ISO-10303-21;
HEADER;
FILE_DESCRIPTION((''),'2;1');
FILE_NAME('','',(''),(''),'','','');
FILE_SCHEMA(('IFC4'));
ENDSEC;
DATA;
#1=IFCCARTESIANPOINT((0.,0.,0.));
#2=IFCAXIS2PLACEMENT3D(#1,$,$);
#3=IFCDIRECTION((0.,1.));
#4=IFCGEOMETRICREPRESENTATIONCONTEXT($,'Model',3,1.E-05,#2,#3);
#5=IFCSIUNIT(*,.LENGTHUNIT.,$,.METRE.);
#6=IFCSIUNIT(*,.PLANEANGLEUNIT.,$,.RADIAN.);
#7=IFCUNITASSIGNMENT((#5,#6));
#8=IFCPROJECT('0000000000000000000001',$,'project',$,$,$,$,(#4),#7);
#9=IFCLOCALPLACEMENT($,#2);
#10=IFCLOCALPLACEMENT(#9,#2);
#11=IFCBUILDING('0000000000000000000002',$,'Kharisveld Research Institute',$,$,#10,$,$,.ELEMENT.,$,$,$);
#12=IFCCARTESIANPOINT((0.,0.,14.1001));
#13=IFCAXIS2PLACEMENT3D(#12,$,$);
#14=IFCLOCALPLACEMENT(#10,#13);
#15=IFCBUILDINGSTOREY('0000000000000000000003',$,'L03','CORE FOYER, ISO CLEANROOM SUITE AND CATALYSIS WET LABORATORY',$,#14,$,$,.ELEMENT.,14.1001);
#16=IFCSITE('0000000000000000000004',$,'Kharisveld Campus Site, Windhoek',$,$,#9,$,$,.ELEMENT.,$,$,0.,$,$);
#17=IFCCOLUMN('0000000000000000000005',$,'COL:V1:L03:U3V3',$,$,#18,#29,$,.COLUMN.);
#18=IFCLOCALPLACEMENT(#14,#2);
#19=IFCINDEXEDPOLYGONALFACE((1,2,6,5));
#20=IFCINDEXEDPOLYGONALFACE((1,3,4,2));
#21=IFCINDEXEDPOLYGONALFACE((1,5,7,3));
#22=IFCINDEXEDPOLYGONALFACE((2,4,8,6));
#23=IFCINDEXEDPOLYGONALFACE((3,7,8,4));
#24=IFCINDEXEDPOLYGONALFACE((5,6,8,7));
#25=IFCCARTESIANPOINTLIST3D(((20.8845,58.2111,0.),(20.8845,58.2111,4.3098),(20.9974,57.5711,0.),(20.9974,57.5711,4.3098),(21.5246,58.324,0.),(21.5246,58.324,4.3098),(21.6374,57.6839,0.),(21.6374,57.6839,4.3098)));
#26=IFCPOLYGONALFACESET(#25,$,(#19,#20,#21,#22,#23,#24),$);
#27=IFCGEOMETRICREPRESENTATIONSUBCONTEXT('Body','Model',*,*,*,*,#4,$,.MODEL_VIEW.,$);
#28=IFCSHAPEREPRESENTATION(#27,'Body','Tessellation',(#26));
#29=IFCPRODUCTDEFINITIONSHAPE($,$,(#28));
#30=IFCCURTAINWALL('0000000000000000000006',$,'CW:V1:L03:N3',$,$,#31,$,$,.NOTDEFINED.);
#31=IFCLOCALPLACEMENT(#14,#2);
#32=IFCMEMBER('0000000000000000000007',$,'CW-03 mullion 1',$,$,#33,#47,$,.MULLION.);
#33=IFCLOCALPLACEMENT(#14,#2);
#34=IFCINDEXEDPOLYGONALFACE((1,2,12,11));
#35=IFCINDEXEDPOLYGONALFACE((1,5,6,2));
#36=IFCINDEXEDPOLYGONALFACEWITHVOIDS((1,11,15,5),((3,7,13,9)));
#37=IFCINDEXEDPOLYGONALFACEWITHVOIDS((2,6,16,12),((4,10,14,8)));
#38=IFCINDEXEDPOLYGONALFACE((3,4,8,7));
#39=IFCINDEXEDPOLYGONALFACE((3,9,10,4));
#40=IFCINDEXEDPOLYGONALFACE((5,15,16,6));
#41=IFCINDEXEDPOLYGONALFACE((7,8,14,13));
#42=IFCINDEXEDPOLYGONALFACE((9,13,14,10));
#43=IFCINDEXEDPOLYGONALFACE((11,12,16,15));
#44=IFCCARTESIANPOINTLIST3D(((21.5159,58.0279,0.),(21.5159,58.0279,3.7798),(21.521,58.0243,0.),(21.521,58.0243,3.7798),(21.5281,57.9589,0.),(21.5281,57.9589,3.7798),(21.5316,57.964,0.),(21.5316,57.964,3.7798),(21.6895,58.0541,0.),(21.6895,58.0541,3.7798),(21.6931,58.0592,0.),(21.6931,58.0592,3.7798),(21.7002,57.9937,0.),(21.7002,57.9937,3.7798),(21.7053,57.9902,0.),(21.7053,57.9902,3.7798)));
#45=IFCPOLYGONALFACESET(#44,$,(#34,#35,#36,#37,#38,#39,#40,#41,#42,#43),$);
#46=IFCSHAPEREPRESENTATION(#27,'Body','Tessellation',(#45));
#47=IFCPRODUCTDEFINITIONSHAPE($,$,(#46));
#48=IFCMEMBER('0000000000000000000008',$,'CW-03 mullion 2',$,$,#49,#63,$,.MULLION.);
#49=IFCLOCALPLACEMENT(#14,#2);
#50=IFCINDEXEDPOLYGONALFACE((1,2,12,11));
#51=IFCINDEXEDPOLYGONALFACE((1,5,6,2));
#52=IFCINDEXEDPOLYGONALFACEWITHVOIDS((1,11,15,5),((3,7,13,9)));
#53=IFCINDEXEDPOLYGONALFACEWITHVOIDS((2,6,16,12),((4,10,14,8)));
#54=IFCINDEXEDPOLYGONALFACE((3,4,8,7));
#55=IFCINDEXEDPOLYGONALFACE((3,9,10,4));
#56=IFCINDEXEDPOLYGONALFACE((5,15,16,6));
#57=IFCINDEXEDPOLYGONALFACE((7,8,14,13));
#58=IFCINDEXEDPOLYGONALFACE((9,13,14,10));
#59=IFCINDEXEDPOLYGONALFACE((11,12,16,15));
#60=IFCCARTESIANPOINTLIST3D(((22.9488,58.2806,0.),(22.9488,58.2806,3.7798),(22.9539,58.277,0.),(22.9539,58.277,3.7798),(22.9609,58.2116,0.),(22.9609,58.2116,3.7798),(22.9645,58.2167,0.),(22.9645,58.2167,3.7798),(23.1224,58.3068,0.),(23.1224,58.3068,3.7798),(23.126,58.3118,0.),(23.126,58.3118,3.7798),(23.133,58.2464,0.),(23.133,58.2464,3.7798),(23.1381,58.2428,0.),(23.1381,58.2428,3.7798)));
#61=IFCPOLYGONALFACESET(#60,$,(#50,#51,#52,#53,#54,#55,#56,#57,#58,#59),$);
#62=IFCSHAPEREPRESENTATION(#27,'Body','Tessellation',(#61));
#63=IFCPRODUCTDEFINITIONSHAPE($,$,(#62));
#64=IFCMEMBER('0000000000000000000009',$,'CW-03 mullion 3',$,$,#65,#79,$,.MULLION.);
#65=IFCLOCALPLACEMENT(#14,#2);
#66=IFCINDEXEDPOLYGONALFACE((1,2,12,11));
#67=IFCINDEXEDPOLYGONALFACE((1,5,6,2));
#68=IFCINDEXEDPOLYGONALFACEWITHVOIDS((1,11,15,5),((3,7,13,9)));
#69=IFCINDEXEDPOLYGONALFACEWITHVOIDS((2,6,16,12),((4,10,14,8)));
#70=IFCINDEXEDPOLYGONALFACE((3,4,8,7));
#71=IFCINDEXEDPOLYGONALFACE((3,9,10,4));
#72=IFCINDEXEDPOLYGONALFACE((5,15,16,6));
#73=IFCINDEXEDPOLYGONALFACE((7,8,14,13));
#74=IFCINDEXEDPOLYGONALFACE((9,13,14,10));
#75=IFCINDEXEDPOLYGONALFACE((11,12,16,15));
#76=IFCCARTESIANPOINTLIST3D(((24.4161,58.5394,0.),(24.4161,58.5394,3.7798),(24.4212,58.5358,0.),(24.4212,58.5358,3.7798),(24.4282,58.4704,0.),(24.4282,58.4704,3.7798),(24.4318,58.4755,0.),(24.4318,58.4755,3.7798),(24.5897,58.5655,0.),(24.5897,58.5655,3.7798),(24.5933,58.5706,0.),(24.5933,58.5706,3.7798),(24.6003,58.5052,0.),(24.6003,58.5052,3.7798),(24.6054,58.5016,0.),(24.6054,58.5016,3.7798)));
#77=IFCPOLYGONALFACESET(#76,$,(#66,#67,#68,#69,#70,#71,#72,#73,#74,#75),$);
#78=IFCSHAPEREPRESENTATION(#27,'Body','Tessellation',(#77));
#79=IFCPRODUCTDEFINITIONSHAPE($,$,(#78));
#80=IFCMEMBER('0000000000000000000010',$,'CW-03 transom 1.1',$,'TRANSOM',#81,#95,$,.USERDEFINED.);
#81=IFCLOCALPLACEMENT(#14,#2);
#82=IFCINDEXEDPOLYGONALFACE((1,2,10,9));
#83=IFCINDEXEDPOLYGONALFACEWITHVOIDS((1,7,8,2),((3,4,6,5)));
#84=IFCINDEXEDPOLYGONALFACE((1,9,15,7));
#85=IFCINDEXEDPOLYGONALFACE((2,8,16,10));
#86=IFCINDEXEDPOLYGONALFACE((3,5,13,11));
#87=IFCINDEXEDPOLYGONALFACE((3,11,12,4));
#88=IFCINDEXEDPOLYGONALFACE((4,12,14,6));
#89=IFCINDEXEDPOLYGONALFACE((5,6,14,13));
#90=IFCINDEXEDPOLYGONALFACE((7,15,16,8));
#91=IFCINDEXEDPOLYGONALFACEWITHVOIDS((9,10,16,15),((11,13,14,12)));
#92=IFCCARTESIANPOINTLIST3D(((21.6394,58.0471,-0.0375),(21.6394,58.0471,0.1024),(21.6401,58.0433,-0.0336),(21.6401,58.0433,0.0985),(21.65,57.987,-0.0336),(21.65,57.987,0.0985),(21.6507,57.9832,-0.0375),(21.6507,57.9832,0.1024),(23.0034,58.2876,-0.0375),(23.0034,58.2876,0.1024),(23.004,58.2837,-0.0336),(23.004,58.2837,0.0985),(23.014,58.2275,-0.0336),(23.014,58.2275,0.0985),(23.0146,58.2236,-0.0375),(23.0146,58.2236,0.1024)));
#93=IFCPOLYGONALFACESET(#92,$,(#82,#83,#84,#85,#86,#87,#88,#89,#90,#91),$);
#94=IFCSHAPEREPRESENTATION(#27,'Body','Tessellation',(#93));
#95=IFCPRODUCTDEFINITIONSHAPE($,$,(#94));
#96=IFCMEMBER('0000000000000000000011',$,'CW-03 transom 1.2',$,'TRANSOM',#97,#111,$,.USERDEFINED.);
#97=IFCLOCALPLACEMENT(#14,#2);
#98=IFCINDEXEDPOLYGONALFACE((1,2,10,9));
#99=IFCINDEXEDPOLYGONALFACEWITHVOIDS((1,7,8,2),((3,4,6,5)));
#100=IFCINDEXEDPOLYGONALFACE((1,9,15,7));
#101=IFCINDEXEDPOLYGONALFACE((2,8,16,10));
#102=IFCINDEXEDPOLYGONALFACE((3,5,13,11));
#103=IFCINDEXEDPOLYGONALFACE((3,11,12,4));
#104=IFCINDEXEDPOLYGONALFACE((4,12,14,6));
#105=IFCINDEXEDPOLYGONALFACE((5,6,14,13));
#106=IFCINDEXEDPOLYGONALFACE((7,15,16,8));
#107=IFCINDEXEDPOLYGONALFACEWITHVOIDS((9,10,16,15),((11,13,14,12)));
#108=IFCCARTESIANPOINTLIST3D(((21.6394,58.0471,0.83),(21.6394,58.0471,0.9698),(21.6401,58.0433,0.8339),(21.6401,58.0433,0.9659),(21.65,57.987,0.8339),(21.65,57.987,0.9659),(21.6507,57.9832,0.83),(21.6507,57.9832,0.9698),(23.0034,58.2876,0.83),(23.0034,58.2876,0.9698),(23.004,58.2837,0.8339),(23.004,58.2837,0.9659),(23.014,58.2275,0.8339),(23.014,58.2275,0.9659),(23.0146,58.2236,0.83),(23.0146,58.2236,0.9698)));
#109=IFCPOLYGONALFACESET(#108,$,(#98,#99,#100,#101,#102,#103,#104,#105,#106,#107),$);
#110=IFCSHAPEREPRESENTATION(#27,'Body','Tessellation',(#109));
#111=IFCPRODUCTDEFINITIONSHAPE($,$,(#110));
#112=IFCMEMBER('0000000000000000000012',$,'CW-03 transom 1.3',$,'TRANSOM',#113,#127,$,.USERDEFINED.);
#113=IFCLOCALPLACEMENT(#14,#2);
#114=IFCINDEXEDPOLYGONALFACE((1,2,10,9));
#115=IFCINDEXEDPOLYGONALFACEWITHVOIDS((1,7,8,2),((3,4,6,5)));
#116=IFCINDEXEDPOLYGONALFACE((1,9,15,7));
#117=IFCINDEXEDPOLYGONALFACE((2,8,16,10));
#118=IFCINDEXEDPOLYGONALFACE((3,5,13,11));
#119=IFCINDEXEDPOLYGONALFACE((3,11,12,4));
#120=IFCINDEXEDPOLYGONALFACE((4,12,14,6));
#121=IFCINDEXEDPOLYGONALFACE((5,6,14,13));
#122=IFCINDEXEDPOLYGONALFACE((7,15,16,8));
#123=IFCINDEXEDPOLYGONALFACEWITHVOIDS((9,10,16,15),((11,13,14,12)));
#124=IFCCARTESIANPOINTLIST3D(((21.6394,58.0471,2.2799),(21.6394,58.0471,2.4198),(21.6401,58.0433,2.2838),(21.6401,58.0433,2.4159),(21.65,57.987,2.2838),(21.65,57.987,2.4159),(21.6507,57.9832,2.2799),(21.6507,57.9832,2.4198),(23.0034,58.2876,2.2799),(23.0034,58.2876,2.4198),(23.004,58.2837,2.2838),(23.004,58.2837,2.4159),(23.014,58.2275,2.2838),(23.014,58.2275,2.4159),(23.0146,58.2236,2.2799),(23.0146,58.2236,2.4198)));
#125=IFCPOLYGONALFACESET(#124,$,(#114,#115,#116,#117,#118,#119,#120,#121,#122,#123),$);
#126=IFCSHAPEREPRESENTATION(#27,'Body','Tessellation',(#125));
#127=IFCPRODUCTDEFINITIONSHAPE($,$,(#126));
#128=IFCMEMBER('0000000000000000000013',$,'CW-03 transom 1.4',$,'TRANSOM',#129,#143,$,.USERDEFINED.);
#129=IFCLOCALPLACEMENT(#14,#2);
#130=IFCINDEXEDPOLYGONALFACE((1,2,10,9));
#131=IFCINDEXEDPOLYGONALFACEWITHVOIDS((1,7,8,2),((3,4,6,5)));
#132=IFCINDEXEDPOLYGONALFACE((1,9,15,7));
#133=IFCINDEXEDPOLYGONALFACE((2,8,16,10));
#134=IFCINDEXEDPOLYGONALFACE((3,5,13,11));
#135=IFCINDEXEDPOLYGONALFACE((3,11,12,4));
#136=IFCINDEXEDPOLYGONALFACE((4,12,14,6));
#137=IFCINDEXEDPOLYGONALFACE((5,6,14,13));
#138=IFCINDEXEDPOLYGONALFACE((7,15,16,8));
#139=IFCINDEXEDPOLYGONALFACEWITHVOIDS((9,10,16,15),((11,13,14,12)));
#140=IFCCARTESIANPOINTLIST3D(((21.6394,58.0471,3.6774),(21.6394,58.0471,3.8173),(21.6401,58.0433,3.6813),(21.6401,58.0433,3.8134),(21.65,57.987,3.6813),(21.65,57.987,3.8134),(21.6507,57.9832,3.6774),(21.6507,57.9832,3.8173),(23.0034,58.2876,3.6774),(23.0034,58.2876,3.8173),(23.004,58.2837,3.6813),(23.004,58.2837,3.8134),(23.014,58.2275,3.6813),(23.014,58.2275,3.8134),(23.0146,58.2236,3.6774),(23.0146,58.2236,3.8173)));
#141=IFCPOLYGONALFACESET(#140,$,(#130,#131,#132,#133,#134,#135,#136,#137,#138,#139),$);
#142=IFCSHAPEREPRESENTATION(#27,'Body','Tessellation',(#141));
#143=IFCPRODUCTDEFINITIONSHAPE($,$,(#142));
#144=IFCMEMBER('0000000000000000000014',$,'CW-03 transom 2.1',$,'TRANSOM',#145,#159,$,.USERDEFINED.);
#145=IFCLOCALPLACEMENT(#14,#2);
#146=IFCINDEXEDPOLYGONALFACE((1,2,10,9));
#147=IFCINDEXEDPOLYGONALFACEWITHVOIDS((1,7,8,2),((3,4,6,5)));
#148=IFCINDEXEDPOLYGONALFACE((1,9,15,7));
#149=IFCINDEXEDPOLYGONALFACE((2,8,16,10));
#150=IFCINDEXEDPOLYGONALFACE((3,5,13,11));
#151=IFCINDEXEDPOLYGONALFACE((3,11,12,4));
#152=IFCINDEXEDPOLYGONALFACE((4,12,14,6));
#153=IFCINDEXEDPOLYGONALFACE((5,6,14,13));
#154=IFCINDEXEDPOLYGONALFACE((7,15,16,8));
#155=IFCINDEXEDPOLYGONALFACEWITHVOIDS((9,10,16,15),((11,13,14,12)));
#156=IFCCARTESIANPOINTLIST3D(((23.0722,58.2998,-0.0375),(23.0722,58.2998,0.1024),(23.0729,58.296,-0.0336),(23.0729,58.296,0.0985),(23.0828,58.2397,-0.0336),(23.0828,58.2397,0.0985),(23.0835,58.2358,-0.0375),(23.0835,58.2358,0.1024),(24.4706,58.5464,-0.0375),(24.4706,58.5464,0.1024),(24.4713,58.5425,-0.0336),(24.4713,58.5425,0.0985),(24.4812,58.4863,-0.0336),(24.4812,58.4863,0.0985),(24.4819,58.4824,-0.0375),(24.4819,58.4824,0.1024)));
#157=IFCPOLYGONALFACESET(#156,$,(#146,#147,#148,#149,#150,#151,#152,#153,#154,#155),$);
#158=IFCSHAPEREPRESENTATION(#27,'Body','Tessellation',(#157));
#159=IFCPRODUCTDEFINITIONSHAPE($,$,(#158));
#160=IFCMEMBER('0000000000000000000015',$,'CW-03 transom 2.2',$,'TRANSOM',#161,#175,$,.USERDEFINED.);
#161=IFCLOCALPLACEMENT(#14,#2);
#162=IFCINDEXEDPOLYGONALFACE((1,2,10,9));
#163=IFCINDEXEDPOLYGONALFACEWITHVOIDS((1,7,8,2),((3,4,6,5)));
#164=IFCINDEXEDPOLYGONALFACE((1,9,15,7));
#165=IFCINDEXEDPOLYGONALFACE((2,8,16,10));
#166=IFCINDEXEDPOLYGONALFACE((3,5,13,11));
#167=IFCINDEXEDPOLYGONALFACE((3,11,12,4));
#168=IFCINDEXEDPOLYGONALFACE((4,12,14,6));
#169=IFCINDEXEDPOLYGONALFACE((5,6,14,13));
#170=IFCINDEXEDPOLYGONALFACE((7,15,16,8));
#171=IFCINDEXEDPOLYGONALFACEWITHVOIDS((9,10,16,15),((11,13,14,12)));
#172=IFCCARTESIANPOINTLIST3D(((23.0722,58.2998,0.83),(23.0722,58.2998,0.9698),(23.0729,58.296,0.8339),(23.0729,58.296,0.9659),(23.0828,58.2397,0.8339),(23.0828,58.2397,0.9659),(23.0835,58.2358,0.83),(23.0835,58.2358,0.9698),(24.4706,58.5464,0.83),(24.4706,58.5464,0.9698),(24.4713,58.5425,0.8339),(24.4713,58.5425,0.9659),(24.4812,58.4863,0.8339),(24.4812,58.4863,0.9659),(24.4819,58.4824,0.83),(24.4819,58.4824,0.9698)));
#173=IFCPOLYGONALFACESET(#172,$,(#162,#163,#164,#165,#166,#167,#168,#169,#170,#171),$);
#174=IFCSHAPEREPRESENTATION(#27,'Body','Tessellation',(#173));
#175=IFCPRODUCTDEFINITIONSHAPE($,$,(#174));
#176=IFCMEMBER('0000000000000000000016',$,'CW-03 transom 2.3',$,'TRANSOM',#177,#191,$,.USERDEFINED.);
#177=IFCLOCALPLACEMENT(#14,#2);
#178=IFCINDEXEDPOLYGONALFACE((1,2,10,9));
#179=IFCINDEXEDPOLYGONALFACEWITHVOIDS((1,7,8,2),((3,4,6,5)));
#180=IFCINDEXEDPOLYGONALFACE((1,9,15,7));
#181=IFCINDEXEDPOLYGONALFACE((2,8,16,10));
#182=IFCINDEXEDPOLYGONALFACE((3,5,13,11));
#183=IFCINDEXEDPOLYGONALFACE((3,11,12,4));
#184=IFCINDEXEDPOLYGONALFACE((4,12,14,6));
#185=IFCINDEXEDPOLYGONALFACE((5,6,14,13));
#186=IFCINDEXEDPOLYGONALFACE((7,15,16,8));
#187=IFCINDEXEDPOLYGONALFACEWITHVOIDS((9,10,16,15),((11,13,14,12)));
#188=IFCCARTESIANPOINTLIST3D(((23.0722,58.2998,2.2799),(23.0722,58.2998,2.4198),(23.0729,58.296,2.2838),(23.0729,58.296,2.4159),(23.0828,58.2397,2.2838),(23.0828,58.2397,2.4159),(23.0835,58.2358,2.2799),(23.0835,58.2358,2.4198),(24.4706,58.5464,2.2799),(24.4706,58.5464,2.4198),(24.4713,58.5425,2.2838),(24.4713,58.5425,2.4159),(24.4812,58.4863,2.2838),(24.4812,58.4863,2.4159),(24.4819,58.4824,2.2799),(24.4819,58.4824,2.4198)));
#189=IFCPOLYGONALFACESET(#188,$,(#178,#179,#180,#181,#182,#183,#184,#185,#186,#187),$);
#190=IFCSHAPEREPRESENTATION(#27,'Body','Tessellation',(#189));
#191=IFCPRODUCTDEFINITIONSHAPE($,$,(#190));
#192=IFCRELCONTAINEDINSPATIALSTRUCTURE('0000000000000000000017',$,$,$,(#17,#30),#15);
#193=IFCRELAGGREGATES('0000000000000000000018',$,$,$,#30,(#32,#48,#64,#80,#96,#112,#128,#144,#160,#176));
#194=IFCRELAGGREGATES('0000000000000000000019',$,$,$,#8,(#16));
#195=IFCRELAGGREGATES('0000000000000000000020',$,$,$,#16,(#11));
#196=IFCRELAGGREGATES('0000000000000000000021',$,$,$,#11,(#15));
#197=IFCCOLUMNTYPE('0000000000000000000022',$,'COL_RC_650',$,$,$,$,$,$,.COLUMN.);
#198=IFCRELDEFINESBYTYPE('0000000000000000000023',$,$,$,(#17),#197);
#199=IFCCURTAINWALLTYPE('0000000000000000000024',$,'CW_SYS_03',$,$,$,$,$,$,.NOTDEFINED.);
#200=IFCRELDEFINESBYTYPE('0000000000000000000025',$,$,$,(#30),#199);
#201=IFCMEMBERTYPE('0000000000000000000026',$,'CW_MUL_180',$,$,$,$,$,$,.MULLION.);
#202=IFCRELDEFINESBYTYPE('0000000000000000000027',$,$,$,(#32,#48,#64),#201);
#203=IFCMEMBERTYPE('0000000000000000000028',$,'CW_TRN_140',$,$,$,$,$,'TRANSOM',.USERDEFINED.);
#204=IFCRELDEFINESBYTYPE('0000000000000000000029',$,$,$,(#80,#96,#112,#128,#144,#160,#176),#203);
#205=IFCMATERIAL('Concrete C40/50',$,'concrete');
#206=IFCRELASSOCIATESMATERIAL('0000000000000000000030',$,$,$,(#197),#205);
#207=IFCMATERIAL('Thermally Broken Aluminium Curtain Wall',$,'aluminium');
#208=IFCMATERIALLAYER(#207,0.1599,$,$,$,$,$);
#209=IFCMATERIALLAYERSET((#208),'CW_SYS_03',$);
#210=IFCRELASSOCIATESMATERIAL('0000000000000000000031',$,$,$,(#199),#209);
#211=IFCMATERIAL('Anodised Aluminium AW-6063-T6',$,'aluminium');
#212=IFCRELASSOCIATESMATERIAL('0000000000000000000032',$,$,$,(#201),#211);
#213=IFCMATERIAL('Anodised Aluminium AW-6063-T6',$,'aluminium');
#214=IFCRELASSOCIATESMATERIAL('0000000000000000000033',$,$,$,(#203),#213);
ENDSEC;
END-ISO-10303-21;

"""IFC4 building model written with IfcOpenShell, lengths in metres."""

from ifc_helpers import new_model, si_unit, direction, frame, origin, origin_2d, place, context, subcontext, project, spatial, rectangle, hollow_rectangle, extrude, material, layer, layer_set, material_profile, profile_set, type_object, element, aggregate, save


model = new_model("IFC4")

# Units and contexts
model_context = context("Model", 3, precision=1e-05, world=origin(), true_north=direction((0.0, 1.0)))
body_context = subcontext(model_context, "Body", "Model", "MODEL_VIEW")
ifc_project = project(units=[si_unit("LENGTHUNIT", "METRE"), si_unit("PLANEANGLEUNIT", "RADIAN")], contexts=[model_context])

# Site, building, storey
site_placement = place(None, origin())
site = spatial("IfcSite", under=ifc_project, at=site_placement, Name="Kharisveld Campus Site, Windhoek", CompositionType="ELEMENT", RefElevation=0.0)
building_placement = place(site_placement, origin())
building = spatial("IfcBuilding", under=site, at=building_placement, Name="Kharisveld Research Institute", CompositionType="ELEMENT")
storey_placement = place(building_placement, frame((0.0, 0.0, 14.1001)))
storey = spatial("IfcBuildingStorey", under=building, at=storey_placement, Name="L03", Description="CORE FOYER, ISO CLEANROOM SUITE AND CATALYSIS WET LABORATORY", CompositionType="ELEMENT", Elevation=14.1001)

# Column
ifc_material_1 = material(Name="Concrete C40/50", Category="concrete")
ifc_material_profile_1 = material_profile(ifc_material_1, rectangle(XDim=0.6499, YDim=0.6499, at=origin_2d()))
ifc_profile_set_1 = profile_set([ifc_material_profile_1], Name="Concrete C40/50")
column_type = type_object("IfcColumnType", Name="COL_RC_650", PredefinedType="COLUMN", material=ifc_profile_set_1)
column_placement = place(storey_placement, frame((21.261, 57.9475, 0.0), z_axis=(0.0, 0.0, 1.0), x_axis=(0.984808, 0.173648, 0.0)))
element("IfcColumn", 1, at=column_placement, inside=storey, type_object=column_type, Name="COL:V1:L03:U3V3", PredefinedType="COLUMN", context=body_context, shape_type="SweptSolid", body=[
    extrude(rectangle(XDim=0.6499, YDim=0.6499, at=origin_2d()), origin(), (0.0, 0.0, 1.0), 4.3098),
])

# Curtain wall, members
ifc_material_2 = material(Name="Thermally Broken Aluminium Curtain Wall", Category="aluminium")
ifc_layer_1 = layer(ifc_material_2, 0.1599)
ifc_layer_set_1 = layer_set([ifc_layer_1], Name="CW_SYS_03")
curtain_wall_type = type_object("IfcCurtainWallType", Name="CW_SYS_03", PredefinedType="NOTDEFINED", material=ifc_layer_set_1)
curtain_wall_placement = place(storey_placement, origin())
curtain_wall = element("IfcCurtainWall", 2, at=curtain_wall_placement, inside=storey, type_object=curtain_wall_type, Name="CW:V1:L03:N3", PredefinedType="NOTDEFINED")
ifc_material_3 = material(Name="Anodised Aluminium AW-6063-T6", Category="aluminium")
ifc_material_profile_2 = material_profile(ifc_material_3, hollow_rectangle(XDim=0.0701, YDim=0.1799, WallThickness=0.0044, at=origin_2d()))
ifc_profile_set_2 = profile_set([ifc_material_profile_2], Name="Anodised Aluminium AW-6063-T6")
member_type_1 = type_object("IfcMemberType", Name="CW_MUL_180", PredefinedType="MULLION", material=ifc_profile_set_2)
member_1_placement = place(storey_placement, frame((21.6106, 58.009, 0.0), z_axis=(0.0, 0.0, 1.0), x_axis=(-0.173648, 0.984808, 0.0)))
member_1 = element("IfcMember", 3, at=member_1_placement, type_object=member_type_1, Name="CW-03 mullion 1", PredefinedType="MULLION", context=body_context, shape_type="SweptSolid", body=[
    extrude(hollow_rectangle(XDim=0.0701, YDim=0.1799, WallThickness=0.0044, at=origin_2d()), origin(), (0.0, 0.0, 1.0), 3.7798),
])
member_2_placement = place(storey_placement, frame((23.0435, 58.2617, 0.0), z_axis=(0.0, 0.0, 1.0), x_axis=(-0.173648, 0.984808, 0.0)))
member_2 = element("IfcMember", 4, at=member_2_placement, type_object=member_type_1, Name="CW-03 mullion 2", PredefinedType="MULLION", context=body_context, shape_type="SweptSolid", body=[
    extrude(hollow_rectangle(XDim=0.0701, YDim=0.1799, WallThickness=0.0044, at=origin_2d()), origin(), (0.0, 0.0, 1.0), 3.7798),
])
member_3_placement = place(storey_placement, frame((24.5107, 58.5205, 0.0), z_axis=(0.0, 0.0, 1.0), x_axis=(-0.173648, 0.984808, 0.0)))
member_3 = element("IfcMember", 5, at=member_3_placement, type_object=member_type_1, Name="CW-03 mullion 3", PredefinedType="MULLION", context=body_context, shape_type="SweptSolid", body=[
    extrude(hollow_rectangle(XDim=0.0701, YDim=0.1799, WallThickness=0.0044, at=origin_2d()), origin(), (0.0, 0.0, 1.0), 3.7798),
])
ifc_material_4 = material(Name="Anodised Aluminium AW-6063-T6", Category="aluminium")
ifc_material_profile_3 = material_profile(ifc_material_4, hollow_rectangle(XDim=0.0649, YDim=0.1399, WallThickness=0.0039, at=origin_2d()))
ifc_profile_set_3 = profile_set([ifc_material_profile_3], Name="Anodised Aluminium AW-6063-T6")
member_type_2 = type_object("IfcMemberType", Name="CW_TRN_140", ElementType="TRANSOM", PredefinedType="USERDEFINED", material=ifc_profile_set_3)
member_4_placement = place(storey_placement, frame((21.645, 58.0151, 0.0325), z_axis=(0.984812, 0.173624, 0.0), x_axis=(-0.173624, 0.984812, 0.0)))
member_4 = element("IfcMember", 6, at=member_4_placement, type_object=member_type_2, Name="CW-03 transom 1.1", ObjectType="TRANSOM", PredefinedType="USERDEFINED", context=body_context, shape_type="SweptSolid", body=[
    extrude(hollow_rectangle(XDim=0.0649, YDim=0.1399, WallThickness=0.0039, at=origin_2d()), origin(), (0.0, 0.0, 1.0), 1.385),
])
member_5_placement = place(storey_placement, frame((21.645, 58.0151, 0.8999), z_axis=(0.984812, 0.173624, 0.0), x_axis=(-0.173624, 0.984812, 0.0)))
member_5 = element("IfcMember", 7, at=member_5_placement, type_object=member_type_2, Name="CW-03 transom 1.2", ObjectType="TRANSOM", PredefinedType="USERDEFINED", context=body_context, shape_type="SweptSolid", body=[
    extrude(hollow_rectangle(XDim=0.0649, YDim=0.1399, WallThickness=0.0039, at=origin_2d()), origin(), (0.0, 0.0, 1.0), 1.385),
])
member_6_placement = place(storey_placement, frame((21.645, 58.0151, 2.3499), z_axis=(0.984812, 0.173624, 0.0), x_axis=(-0.173624, 0.984812, 0.0)))
member_6 = element("IfcMember", 8, at=member_6_placement, type_object=member_type_2, Name="CW-03 transom 1.3", ObjectType="TRANSOM", PredefinedType="USERDEFINED", context=body_context, shape_type="SweptSolid", body=[
    extrude(hollow_rectangle(XDim=0.0649, YDim=0.1399, WallThickness=0.0039, at=origin_2d()), origin(), (0.0, 0.0, 1.0), 1.385),
])
member_7_placement = place(storey_placement, frame((21.645, 58.0151, 3.7473), z_axis=(0.984812, 0.173624, 0.0), x_axis=(-0.173624, 0.984812, 0.0)))
member_7 = element("IfcMember", 9, at=member_7_placement, type_object=member_type_2, Name="CW-03 transom 1.4", ObjectType="TRANSOM", PredefinedType="USERDEFINED", context=body_context, shape_type="SweptSolid", body=[
    extrude(hollow_rectangle(XDim=0.0649, YDim=0.1399, WallThickness=0.0039, at=origin_2d()), origin(), (0.0, 0.0, 1.0), 1.385),
])
member_8_placement = place(storey_placement, frame((23.0779, 58.2678, 0.0325), z_axis=(0.984808, 0.173648, 0.0), x_axis=(-0.173648, 0.984808, 0.0)))
member_8 = element("IfcMember", 10, at=member_8_placement, type_object=member_type_2, Name="CW-03 transom 2.1", ObjectType="TRANSOM", PredefinedType="USERDEFINED", context=body_context, shape_type="SweptSolid", body=[
    extrude(hollow_rectangle(XDim=0.0649, YDim=0.1399, WallThickness=0.0039, at=origin_2d()), origin(), (0.0, 0.0, 1.0), 1.4199),
])
member_9_placement = place(storey_placement, frame((23.0779, 58.2678, 0.8999), z_axis=(0.984808, 0.173648, 0.0), x_axis=(-0.173648, 0.984808, 0.0)))
member_9 = element("IfcMember", 11, at=member_9_placement, type_object=member_type_2, Name="CW-03 transom 2.2", ObjectType="TRANSOM", PredefinedType="USERDEFINED", context=body_context, shape_type="SweptSolid", body=[
    extrude(hollow_rectangle(XDim=0.0649, YDim=0.1399, WallThickness=0.0039, at=origin_2d()), origin(), (0.0, 0.0, 1.0), 1.4199),
])
member_10_placement = place(storey_placement, frame((23.0779, 58.2678, 2.3499), z_axis=(0.984808, 0.173648, 0.0), x_axis=(-0.173648, 0.984808, 0.0)))
member_10 = element("IfcMember", 12, at=member_10_placement, type_object=member_type_2, Name="CW-03 transom 2.3", ObjectType="TRANSOM", PredefinedType="USERDEFINED", context=body_context, shape_type="SweptSolid", body=[
    extrude(hollow_rectangle(XDim=0.0649, YDim=0.1399, WallThickness=0.0039, at=origin_2d()), origin(), (0.0, 0.0, 1.0), 1.4199),
])

aggregate(curtain_wall, [member_1, member_2, member_3, member_4, member_5, member_6, member_7, member_8, member_9, member_10])

save(model, "model.ifc")
